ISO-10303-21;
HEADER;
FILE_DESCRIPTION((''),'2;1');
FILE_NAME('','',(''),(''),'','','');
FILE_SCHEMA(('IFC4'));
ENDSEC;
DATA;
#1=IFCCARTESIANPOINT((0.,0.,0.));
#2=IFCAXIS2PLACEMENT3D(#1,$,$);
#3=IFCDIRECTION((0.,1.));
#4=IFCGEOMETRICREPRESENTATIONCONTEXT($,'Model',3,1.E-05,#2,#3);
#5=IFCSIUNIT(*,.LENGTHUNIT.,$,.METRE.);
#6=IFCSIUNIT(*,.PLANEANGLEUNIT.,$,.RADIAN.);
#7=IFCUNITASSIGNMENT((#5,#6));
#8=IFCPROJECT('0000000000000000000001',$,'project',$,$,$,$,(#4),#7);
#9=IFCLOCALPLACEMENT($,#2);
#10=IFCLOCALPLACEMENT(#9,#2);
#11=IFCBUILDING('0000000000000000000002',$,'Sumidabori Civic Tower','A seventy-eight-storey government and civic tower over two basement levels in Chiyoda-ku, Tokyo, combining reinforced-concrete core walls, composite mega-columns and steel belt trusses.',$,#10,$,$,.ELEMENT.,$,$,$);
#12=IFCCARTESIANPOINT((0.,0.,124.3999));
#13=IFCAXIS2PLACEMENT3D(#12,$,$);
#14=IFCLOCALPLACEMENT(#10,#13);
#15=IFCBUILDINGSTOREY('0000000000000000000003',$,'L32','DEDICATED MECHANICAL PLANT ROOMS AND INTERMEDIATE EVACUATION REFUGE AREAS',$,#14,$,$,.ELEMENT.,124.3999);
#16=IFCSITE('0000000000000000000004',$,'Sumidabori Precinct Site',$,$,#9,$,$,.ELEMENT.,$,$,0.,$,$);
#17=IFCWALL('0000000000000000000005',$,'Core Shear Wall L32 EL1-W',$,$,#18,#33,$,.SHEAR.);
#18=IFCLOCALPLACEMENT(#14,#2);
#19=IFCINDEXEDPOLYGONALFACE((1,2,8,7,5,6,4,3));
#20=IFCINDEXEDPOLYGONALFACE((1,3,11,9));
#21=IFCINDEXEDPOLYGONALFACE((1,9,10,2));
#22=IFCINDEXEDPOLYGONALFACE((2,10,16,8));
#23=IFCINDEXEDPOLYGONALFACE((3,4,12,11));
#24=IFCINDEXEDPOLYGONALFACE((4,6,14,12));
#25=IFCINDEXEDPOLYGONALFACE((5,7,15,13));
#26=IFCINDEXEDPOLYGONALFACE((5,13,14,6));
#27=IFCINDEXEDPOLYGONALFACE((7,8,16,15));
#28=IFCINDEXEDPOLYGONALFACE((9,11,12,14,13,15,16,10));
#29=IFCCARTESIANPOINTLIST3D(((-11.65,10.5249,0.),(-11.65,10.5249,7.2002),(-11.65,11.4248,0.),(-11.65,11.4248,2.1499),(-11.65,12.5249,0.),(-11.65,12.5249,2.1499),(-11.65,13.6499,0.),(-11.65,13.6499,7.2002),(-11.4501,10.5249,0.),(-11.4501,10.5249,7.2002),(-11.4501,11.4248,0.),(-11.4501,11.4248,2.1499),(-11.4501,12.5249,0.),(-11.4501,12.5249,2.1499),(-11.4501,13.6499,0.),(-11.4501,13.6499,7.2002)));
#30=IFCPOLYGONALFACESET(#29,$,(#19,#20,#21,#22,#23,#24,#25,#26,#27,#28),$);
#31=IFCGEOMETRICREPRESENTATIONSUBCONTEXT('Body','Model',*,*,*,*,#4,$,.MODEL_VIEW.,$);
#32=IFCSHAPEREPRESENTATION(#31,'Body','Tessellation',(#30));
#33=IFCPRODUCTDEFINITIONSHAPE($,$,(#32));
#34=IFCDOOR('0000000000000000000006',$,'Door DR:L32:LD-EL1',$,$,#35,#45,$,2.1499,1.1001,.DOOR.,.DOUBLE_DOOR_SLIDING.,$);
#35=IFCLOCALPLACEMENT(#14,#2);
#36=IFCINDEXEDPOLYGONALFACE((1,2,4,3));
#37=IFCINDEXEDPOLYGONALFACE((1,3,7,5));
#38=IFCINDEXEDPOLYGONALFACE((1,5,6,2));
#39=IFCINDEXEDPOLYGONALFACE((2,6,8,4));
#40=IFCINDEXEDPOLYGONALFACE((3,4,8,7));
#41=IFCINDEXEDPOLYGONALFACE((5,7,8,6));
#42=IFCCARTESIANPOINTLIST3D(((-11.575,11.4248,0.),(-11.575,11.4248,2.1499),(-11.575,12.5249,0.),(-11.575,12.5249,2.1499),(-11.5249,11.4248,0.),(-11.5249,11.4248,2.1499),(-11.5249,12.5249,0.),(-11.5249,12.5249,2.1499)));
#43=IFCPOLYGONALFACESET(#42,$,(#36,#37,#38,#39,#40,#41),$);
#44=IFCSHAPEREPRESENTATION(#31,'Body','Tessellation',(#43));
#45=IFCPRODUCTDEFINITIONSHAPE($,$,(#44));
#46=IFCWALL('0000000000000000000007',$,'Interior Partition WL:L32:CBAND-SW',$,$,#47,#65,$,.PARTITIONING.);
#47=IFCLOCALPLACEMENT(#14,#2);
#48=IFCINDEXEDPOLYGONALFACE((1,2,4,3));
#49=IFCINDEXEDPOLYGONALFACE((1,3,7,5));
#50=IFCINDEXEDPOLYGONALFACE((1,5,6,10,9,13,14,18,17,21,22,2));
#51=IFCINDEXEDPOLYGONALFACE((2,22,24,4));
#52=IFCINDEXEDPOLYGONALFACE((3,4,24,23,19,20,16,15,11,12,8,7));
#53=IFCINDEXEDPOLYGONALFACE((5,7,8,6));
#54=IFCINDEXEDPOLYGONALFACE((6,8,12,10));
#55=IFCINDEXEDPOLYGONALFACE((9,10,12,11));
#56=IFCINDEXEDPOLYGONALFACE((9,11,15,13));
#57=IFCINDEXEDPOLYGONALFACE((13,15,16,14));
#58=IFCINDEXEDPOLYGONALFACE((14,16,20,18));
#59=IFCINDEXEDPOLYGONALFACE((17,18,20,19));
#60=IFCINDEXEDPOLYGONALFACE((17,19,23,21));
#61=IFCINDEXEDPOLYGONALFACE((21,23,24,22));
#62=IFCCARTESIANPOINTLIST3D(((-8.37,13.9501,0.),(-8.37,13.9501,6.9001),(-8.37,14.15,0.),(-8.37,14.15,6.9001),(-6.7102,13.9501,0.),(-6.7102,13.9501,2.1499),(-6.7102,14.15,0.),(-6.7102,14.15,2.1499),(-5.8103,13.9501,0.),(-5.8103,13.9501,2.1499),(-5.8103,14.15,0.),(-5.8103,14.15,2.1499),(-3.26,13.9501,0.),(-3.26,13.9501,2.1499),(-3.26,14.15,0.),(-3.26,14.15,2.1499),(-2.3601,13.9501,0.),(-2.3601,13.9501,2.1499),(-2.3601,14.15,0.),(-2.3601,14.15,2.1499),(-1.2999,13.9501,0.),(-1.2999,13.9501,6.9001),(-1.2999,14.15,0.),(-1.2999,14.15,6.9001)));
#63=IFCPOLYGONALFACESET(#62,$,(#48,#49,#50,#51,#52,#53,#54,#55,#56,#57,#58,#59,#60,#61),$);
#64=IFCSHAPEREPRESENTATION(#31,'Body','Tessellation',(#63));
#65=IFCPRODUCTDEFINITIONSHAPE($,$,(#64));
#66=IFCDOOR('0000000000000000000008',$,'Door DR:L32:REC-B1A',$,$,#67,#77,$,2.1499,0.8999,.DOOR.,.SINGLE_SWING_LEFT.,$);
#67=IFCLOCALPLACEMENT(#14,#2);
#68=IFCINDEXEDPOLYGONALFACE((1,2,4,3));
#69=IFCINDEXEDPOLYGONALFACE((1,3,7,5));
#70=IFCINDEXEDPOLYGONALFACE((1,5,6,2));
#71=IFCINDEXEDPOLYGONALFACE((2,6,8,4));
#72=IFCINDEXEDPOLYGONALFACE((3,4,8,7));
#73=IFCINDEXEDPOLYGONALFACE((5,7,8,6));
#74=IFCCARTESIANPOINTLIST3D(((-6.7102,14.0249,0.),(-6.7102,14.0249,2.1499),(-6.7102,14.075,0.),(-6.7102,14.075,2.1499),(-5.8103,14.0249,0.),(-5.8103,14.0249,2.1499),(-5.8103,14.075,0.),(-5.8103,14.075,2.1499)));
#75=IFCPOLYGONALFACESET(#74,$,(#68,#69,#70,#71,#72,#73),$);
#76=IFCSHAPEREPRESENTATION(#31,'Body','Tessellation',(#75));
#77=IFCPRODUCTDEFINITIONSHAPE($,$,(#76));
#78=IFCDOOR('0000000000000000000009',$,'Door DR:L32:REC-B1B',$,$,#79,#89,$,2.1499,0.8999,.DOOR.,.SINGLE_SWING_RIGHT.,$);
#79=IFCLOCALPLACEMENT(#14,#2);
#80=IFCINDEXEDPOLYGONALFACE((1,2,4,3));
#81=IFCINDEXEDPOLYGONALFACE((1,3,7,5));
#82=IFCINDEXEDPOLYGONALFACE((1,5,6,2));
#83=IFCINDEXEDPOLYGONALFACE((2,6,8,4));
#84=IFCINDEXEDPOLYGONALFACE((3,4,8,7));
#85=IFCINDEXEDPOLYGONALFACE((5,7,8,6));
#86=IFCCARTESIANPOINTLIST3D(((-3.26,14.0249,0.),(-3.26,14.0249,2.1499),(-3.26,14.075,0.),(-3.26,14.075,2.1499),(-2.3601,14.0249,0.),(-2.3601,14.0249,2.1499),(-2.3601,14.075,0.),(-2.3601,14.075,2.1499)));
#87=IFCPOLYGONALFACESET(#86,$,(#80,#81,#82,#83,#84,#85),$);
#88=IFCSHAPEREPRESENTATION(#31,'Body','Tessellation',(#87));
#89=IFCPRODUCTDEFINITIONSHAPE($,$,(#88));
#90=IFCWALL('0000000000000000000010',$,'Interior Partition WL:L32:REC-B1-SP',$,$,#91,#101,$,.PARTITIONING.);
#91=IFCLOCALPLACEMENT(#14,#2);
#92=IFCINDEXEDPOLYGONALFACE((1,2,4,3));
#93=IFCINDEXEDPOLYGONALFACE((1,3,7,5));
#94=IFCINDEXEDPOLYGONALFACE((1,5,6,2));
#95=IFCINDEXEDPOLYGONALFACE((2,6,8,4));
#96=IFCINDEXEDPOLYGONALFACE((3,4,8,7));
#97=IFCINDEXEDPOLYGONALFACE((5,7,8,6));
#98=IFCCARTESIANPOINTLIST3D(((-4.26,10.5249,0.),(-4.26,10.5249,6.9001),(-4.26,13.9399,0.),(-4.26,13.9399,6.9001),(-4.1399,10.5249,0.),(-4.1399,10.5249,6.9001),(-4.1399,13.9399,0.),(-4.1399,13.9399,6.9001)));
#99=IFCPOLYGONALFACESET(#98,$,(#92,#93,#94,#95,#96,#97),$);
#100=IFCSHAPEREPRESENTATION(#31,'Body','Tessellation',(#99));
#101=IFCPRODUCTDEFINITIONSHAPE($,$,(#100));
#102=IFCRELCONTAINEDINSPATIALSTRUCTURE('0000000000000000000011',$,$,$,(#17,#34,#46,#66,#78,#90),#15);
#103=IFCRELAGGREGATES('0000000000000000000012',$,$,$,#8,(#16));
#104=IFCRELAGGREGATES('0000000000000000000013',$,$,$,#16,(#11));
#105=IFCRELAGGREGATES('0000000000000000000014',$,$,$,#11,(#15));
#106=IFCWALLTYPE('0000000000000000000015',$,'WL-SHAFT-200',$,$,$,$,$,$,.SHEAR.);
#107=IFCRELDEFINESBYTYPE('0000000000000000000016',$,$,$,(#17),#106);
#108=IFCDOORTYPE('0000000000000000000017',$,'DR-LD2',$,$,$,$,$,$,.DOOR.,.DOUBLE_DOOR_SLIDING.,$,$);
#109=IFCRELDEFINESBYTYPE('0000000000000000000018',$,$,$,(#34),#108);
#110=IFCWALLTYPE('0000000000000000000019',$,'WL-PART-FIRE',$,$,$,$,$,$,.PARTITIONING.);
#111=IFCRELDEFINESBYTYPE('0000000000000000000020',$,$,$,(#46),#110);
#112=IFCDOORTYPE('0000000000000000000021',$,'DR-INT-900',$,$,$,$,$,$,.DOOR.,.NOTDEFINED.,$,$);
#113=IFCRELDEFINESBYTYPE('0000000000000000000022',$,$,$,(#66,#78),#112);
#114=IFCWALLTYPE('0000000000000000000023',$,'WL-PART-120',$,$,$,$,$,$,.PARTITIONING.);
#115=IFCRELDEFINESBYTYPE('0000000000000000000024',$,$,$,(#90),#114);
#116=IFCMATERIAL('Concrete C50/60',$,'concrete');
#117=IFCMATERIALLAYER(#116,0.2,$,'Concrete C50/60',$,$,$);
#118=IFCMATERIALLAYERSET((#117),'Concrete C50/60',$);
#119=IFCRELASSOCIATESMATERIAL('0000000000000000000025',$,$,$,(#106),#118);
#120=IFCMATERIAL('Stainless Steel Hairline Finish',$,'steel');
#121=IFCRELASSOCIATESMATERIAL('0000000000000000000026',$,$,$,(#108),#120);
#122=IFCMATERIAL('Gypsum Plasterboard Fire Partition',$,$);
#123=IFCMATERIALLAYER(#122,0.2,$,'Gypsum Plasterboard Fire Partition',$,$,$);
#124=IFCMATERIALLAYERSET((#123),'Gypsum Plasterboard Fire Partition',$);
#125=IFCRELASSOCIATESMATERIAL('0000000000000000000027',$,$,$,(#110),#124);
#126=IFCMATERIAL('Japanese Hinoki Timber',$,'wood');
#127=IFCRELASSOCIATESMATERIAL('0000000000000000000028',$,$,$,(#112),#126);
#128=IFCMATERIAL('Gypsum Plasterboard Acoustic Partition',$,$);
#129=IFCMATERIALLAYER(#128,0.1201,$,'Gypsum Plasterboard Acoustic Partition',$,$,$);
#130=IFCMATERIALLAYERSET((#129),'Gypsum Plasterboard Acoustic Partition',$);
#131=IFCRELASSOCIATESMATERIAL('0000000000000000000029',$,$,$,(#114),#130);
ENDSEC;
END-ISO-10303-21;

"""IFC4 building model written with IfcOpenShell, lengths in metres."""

from ifc_helpers import new_model, si_unit, direction, frame, frame_2d, origin, place, context, subcontext, project, spatial, rectangle, extrude, source, transform, mapped, material, layer, layer_set, type_object, element, fill, save


model = new_model("IFC4")

# Units and contexts
model_context = context("Model", 3, precision=1e-05, world=origin(), true_north=direction((0.0, 1.0)))
body_context = subcontext(model_context, "Body", "Model", "MODEL_VIEW")
ifc_project = project(units=[si_unit("LENGTHUNIT", "METRE"), si_unit("PLANEANGLEUNIT", "RADIAN")], contexts=[model_context])

# Site, building, storey
site_placement = place(None, origin())
site = spatial("IfcSite", under=ifc_project, at=site_placement, Name="Sumidabori Precinct Site", CompositionType="ELEMENT", RefElevation=0.0)
building_placement = place(site_placement, origin())
building = spatial("IfcBuilding", under=site, at=building_placement, Name="Sumidabori Civic Tower", Description="A seventy-eight-storey government and civic tower over two basement levels in Chiyoda-ku, Tokyo, combining reinforced-concrete core walls, composite mega-columns and steel belt trusses.", CompositionType="ELEMENT")
storey_placement = place(building_placement, frame((0.0, 0.0, 124.3999)))
storey = spatial("IfcBuildingStorey", under=building, at=storey_placement, Name="L32", Description="DEDICATED MECHANICAL PLANT ROOMS AND INTERMEDIATE EVACUATION REFUGE AREAS", CompositionType="ELEMENT", Elevation=124.3999)

# Shared definitions
ifc_material_1 = material(Name="Concrete C50/60", Category="concrete")
ifc_layer_1 = layer(ifc_material_1, 0.2, Name="Concrete C50/60")
ifc_layer_set_1 = layer_set([ifc_layer_1], Name="Concrete C50/60")
wall_type_1 = type_object("IfcWallType", Name="WL-SHAFT-200", PredefinedType="SHEAR", material=ifc_layer_set_1)

# Wall, opening, door
shared_shape_1 = source(origin(), body_context, "Body", "SweptSolid", [
    extrude(rectangle(XDim=3.125, YDim=0.2, at=frame_2d((1.5625, 0.0))), origin(), (0.0, 0.0, 1.0), 7.2002),
])
wall_1_placement = place(storey_placement, frame((-11.55, 10.5249, 0.0), z_axis=(0.0, 0.0, 1.0), x_axis=(0.0, 1.0, 0.0)))
wall_1 = element("IfcWall", 1, at=wall_1_placement, inside=storey, type_object=wall_type_1, Name="Core Shear Wall L32 EL1-W", PredefinedType="SHEAR", context=body_context, shape_type="MappedRepresentation", body=[
    mapped(shared_shape_1, transform((0.0, 0.0, 0.0), x_axis=(1.0, 0.0, 0.0), y_axis=(0.0, 1.0, 0.0), z_axis=(0.0, 0.0, 1.0), scale=1.0)),
])
opening_1_placement = place(wall_1_placement, frame((0.8999, 0.0, 0.0)))
opening_1 = element("IfcOpeningElement", 2, at=opening_1_placement, cuts=wall_1, PredefinedType="OPENING", context=body_context, shape_type="SweptSolid", body=[
    extrude(rectangle(XDim=1.1001, YDim=2.1499, at=frame_2d((0.55, 1.075))), frame((0.0, 0.1118, 0.0), z_axis=(0.0, -1.0, 0.0), x_axis=(1.0, 0.0, 0.0)), (0.0, 0.0, 1.0), 0.2239),
])
ifc_material_2 = material(Name="Stainless Steel Hairline Finish", Category="steel")
door_type_1 = type_object("IfcDoorType", Name="DR-LD2", OperationType="DOUBLE_DOOR_SLIDING", PredefinedType="DOOR", material=ifc_material_2)
shared_shape_2 = source(origin(), body_context, "Body", "SweptSolid", [
    extrude(rectangle(XDim=1.1001, YDim=2.1499, at=frame_2d((0.55, 1.075))), frame((0.0, 0.0249, 0.0), z_axis=(0.0, -1.0, 0.0), x_axis=(1.0, 0.0, 0.0)), (0.0, 0.0, 1.0), 0.05),
])
door_1_placement = place(opening_1_placement, origin())
door_1 = element("IfcDoor", 3, at=door_1_placement, inside=storey, type_object=door_type_1, Name="Door DR:L32:LD-EL1", OperationType="DOUBLE_DOOR_SLIDING", OverallHeight=2.1499, OverallWidth=1.1001, PredefinedType="DOOR", context=body_context, shape_type="MappedRepresentation", body=[
    mapped(shared_shape_2, transform((0.0, 0.0, 0.0), x_axis=(1.0, 0.0, 0.0), y_axis=(0.0, 1.0, 0.0), z_axis=(0.0, 0.0, 1.0), scale=1.0)),
])
fill(opening_1, door_1)

# Wall, openings, doors
ifc_material_3 = material(Name="Gypsum Plasterboard Fire Partition")
ifc_layer_2 = layer(ifc_material_3, 0.2, Name="Gypsum Plasterboard Fire Partition")
ifc_layer_set_2 = layer_set([ifc_layer_2], Name="Gypsum Plasterboard Fire Partition")
wall_type_2 = type_object("IfcWallType", Name="WL-PART-FIRE", PredefinedType="PARTITIONING", material=ifc_layer_set_2)
shared_shape_3 = source(origin(), body_context, "Body", "SweptSolid", [
    extrude(rectangle(XDim=7.0701, YDim=0.2, at=frame_2d((3.5352, 0.0))), origin(), (0.0, 0.0, 1.0), 6.9001),
])
wall_2_placement = place(storey_placement, frame((-8.3701, 14.05, 0.0), z_axis=(0.0, 0.0, 1.0), x_axis=(1.0, 0.0, 0.0)))
wall_2 = element("IfcWall", 4, at=wall_2_placement, inside=storey, type_object=wall_type_2, Name="Interior Partition WL:L32:CBAND-SW", PredefinedType="PARTITIONING", context=body_context, shape_type="MappedRepresentation", body=[
    mapped(shared_shape_3, transform((0.0, 0.0, 0.0), x_axis=(1.0, 0.0, 0.0), y_axis=(0.0, 1.0, 0.0), z_axis=(0.0, 0.0, 1.0), scale=1.0)),
])
opening_2_placement = place(wall_2_placement, frame((1.6599, 0.0, 0.0)))
opening_2 = element("IfcOpeningElement", 5, at=opening_2_placement, cuts=wall_2, PredefinedType="OPENING", context=body_context, shape_type="SweptSolid", body=[
    extrude(rectangle(XDim=0.8999, YDim=2.1499, at=frame_2d((0.45, 1.075))), frame((0.0, 0.1118, 0.0), z_axis=(0.0, -1.0, 0.0), x_axis=(1.0, 0.0, 0.0)), (0.0, 0.0, 1.0), 0.2239),
])
opening_3_placement = place(wall_2_placement, frame((5.1101, 0.0, 0.0)))
opening_3 = element("IfcOpeningElement", 6, at=opening_3_placement, cuts=wall_2, PredefinedType="OPENING", context=body_context, shape_type="SweptSolid", body=[
    extrude(rectangle(XDim=0.8999, YDim=2.1499, at=frame_2d((0.45, 1.075))), frame((0.0, 0.1118, 0.0), z_axis=(0.0, -1.0, 0.0), x_axis=(1.0, 0.0, 0.0)), (0.0, 0.0, 1.0), 0.2239),
])
ifc_material_4 = material(Name="Japanese Hinoki Timber", Category="wood")
door_type_2 = type_object("IfcDoorType", Name="DR-INT-900", OperationType="NOTDEFINED", PredefinedType="DOOR", material=ifc_material_4)
shared_shape_4 = source(origin(), body_context, "Body", "SweptSolid", [
    extrude(rectangle(XDim=0.8999, YDim=2.1499, at=frame_2d((0.45, 1.075))), frame((0.0, 0.0249, 0.0), z_axis=(0.0, -1.0, 0.0), x_axis=(1.0, 0.0, 0.0)), (0.0, 0.0, 1.0), 0.05),
])
door_2_placement = place(opening_2_placement, origin())
door_2 = element("IfcDoor", 7, at=door_2_placement, inside=storey, type_object=door_type_2, Name="Door DR:L32:REC-B1A", OperationType="SINGLE_SWING_LEFT", OverallHeight=2.1499, OverallWidth=0.8999, PredefinedType="DOOR", context=body_context, shape_type="MappedRepresentation", body=[
    mapped(shared_shape_4, transform((0.0, 0.0, 0.0), x_axis=(1.0, 0.0, 0.0), y_axis=(0.0, 1.0, 0.0), z_axis=(0.0, 0.0, 1.0), scale=1.0)),
])
fill(opening_2, door_2)
door_3_placement = place(opening_3_placement, origin())
door_3 = element("IfcDoor", 8, at=door_3_placement, inside=storey, type_object=door_type_2, Name="Door DR:L32:REC-B1B", OperationType="SINGLE_SWING_RIGHT", OverallHeight=2.1499, OverallWidth=0.8999, PredefinedType="DOOR", context=body_context, shape_type="MappedRepresentation", body=[
    mapped(shared_shape_4, transform((0.0, 0.0, 0.0), x_axis=(1.0, 0.0, 0.0), y_axis=(0.0, 1.0, 0.0), z_axis=(0.0, 0.0, 1.0), scale=1.0)),
])
fill(opening_3, door_3)

# Wall
ifc_material_5 = material(Name="Gypsum Plasterboard Acoustic Partition")
ifc_layer_3 = layer(ifc_material_5, 0.1201, Name="Gypsum Plasterboard Acoustic Partition")
ifc_layer_set_3 = layer_set([ifc_layer_3], Name="Gypsum Plasterboard Acoustic Partition")
wall_type_3 = type_object("IfcWallType", Name="WL-PART-120", PredefinedType="PARTITIONING", material=ifc_layer_set_3)
shared_shape_5 = source(origin(), body_context, "Body", "SweptSolid", [
    extrude(rectangle(XDim=3.415, YDim=0.1201, at=frame_2d((1.7075, 0.0))), origin(), (0.0, 0.0, 1.0), 6.9001),
])
wall_3_placement = place(storey_placement, frame((-4.2, 10.5249, 0.0), z_axis=(0.0, 0.0, 1.0), x_axis=(0.0, 1.0, 0.0)))
element("IfcWall", 9, at=wall_3_placement, inside=storey, type_object=wall_type_3, Name="Interior Partition WL:L32:REC-B1-SP", PredefinedType="PARTITIONING", context=body_context, shape_type="MappedRepresentation", body=[
    mapped(shared_shape_5, transform((0.0, 0.0, 0.0), x_axis=(1.0, 0.0, 0.0), y_axis=(0.0, 1.0, 0.0), z_axis=(0.0, 0.0, 1.0), scale=1.0)),
])

save(model, "model.ifc")
